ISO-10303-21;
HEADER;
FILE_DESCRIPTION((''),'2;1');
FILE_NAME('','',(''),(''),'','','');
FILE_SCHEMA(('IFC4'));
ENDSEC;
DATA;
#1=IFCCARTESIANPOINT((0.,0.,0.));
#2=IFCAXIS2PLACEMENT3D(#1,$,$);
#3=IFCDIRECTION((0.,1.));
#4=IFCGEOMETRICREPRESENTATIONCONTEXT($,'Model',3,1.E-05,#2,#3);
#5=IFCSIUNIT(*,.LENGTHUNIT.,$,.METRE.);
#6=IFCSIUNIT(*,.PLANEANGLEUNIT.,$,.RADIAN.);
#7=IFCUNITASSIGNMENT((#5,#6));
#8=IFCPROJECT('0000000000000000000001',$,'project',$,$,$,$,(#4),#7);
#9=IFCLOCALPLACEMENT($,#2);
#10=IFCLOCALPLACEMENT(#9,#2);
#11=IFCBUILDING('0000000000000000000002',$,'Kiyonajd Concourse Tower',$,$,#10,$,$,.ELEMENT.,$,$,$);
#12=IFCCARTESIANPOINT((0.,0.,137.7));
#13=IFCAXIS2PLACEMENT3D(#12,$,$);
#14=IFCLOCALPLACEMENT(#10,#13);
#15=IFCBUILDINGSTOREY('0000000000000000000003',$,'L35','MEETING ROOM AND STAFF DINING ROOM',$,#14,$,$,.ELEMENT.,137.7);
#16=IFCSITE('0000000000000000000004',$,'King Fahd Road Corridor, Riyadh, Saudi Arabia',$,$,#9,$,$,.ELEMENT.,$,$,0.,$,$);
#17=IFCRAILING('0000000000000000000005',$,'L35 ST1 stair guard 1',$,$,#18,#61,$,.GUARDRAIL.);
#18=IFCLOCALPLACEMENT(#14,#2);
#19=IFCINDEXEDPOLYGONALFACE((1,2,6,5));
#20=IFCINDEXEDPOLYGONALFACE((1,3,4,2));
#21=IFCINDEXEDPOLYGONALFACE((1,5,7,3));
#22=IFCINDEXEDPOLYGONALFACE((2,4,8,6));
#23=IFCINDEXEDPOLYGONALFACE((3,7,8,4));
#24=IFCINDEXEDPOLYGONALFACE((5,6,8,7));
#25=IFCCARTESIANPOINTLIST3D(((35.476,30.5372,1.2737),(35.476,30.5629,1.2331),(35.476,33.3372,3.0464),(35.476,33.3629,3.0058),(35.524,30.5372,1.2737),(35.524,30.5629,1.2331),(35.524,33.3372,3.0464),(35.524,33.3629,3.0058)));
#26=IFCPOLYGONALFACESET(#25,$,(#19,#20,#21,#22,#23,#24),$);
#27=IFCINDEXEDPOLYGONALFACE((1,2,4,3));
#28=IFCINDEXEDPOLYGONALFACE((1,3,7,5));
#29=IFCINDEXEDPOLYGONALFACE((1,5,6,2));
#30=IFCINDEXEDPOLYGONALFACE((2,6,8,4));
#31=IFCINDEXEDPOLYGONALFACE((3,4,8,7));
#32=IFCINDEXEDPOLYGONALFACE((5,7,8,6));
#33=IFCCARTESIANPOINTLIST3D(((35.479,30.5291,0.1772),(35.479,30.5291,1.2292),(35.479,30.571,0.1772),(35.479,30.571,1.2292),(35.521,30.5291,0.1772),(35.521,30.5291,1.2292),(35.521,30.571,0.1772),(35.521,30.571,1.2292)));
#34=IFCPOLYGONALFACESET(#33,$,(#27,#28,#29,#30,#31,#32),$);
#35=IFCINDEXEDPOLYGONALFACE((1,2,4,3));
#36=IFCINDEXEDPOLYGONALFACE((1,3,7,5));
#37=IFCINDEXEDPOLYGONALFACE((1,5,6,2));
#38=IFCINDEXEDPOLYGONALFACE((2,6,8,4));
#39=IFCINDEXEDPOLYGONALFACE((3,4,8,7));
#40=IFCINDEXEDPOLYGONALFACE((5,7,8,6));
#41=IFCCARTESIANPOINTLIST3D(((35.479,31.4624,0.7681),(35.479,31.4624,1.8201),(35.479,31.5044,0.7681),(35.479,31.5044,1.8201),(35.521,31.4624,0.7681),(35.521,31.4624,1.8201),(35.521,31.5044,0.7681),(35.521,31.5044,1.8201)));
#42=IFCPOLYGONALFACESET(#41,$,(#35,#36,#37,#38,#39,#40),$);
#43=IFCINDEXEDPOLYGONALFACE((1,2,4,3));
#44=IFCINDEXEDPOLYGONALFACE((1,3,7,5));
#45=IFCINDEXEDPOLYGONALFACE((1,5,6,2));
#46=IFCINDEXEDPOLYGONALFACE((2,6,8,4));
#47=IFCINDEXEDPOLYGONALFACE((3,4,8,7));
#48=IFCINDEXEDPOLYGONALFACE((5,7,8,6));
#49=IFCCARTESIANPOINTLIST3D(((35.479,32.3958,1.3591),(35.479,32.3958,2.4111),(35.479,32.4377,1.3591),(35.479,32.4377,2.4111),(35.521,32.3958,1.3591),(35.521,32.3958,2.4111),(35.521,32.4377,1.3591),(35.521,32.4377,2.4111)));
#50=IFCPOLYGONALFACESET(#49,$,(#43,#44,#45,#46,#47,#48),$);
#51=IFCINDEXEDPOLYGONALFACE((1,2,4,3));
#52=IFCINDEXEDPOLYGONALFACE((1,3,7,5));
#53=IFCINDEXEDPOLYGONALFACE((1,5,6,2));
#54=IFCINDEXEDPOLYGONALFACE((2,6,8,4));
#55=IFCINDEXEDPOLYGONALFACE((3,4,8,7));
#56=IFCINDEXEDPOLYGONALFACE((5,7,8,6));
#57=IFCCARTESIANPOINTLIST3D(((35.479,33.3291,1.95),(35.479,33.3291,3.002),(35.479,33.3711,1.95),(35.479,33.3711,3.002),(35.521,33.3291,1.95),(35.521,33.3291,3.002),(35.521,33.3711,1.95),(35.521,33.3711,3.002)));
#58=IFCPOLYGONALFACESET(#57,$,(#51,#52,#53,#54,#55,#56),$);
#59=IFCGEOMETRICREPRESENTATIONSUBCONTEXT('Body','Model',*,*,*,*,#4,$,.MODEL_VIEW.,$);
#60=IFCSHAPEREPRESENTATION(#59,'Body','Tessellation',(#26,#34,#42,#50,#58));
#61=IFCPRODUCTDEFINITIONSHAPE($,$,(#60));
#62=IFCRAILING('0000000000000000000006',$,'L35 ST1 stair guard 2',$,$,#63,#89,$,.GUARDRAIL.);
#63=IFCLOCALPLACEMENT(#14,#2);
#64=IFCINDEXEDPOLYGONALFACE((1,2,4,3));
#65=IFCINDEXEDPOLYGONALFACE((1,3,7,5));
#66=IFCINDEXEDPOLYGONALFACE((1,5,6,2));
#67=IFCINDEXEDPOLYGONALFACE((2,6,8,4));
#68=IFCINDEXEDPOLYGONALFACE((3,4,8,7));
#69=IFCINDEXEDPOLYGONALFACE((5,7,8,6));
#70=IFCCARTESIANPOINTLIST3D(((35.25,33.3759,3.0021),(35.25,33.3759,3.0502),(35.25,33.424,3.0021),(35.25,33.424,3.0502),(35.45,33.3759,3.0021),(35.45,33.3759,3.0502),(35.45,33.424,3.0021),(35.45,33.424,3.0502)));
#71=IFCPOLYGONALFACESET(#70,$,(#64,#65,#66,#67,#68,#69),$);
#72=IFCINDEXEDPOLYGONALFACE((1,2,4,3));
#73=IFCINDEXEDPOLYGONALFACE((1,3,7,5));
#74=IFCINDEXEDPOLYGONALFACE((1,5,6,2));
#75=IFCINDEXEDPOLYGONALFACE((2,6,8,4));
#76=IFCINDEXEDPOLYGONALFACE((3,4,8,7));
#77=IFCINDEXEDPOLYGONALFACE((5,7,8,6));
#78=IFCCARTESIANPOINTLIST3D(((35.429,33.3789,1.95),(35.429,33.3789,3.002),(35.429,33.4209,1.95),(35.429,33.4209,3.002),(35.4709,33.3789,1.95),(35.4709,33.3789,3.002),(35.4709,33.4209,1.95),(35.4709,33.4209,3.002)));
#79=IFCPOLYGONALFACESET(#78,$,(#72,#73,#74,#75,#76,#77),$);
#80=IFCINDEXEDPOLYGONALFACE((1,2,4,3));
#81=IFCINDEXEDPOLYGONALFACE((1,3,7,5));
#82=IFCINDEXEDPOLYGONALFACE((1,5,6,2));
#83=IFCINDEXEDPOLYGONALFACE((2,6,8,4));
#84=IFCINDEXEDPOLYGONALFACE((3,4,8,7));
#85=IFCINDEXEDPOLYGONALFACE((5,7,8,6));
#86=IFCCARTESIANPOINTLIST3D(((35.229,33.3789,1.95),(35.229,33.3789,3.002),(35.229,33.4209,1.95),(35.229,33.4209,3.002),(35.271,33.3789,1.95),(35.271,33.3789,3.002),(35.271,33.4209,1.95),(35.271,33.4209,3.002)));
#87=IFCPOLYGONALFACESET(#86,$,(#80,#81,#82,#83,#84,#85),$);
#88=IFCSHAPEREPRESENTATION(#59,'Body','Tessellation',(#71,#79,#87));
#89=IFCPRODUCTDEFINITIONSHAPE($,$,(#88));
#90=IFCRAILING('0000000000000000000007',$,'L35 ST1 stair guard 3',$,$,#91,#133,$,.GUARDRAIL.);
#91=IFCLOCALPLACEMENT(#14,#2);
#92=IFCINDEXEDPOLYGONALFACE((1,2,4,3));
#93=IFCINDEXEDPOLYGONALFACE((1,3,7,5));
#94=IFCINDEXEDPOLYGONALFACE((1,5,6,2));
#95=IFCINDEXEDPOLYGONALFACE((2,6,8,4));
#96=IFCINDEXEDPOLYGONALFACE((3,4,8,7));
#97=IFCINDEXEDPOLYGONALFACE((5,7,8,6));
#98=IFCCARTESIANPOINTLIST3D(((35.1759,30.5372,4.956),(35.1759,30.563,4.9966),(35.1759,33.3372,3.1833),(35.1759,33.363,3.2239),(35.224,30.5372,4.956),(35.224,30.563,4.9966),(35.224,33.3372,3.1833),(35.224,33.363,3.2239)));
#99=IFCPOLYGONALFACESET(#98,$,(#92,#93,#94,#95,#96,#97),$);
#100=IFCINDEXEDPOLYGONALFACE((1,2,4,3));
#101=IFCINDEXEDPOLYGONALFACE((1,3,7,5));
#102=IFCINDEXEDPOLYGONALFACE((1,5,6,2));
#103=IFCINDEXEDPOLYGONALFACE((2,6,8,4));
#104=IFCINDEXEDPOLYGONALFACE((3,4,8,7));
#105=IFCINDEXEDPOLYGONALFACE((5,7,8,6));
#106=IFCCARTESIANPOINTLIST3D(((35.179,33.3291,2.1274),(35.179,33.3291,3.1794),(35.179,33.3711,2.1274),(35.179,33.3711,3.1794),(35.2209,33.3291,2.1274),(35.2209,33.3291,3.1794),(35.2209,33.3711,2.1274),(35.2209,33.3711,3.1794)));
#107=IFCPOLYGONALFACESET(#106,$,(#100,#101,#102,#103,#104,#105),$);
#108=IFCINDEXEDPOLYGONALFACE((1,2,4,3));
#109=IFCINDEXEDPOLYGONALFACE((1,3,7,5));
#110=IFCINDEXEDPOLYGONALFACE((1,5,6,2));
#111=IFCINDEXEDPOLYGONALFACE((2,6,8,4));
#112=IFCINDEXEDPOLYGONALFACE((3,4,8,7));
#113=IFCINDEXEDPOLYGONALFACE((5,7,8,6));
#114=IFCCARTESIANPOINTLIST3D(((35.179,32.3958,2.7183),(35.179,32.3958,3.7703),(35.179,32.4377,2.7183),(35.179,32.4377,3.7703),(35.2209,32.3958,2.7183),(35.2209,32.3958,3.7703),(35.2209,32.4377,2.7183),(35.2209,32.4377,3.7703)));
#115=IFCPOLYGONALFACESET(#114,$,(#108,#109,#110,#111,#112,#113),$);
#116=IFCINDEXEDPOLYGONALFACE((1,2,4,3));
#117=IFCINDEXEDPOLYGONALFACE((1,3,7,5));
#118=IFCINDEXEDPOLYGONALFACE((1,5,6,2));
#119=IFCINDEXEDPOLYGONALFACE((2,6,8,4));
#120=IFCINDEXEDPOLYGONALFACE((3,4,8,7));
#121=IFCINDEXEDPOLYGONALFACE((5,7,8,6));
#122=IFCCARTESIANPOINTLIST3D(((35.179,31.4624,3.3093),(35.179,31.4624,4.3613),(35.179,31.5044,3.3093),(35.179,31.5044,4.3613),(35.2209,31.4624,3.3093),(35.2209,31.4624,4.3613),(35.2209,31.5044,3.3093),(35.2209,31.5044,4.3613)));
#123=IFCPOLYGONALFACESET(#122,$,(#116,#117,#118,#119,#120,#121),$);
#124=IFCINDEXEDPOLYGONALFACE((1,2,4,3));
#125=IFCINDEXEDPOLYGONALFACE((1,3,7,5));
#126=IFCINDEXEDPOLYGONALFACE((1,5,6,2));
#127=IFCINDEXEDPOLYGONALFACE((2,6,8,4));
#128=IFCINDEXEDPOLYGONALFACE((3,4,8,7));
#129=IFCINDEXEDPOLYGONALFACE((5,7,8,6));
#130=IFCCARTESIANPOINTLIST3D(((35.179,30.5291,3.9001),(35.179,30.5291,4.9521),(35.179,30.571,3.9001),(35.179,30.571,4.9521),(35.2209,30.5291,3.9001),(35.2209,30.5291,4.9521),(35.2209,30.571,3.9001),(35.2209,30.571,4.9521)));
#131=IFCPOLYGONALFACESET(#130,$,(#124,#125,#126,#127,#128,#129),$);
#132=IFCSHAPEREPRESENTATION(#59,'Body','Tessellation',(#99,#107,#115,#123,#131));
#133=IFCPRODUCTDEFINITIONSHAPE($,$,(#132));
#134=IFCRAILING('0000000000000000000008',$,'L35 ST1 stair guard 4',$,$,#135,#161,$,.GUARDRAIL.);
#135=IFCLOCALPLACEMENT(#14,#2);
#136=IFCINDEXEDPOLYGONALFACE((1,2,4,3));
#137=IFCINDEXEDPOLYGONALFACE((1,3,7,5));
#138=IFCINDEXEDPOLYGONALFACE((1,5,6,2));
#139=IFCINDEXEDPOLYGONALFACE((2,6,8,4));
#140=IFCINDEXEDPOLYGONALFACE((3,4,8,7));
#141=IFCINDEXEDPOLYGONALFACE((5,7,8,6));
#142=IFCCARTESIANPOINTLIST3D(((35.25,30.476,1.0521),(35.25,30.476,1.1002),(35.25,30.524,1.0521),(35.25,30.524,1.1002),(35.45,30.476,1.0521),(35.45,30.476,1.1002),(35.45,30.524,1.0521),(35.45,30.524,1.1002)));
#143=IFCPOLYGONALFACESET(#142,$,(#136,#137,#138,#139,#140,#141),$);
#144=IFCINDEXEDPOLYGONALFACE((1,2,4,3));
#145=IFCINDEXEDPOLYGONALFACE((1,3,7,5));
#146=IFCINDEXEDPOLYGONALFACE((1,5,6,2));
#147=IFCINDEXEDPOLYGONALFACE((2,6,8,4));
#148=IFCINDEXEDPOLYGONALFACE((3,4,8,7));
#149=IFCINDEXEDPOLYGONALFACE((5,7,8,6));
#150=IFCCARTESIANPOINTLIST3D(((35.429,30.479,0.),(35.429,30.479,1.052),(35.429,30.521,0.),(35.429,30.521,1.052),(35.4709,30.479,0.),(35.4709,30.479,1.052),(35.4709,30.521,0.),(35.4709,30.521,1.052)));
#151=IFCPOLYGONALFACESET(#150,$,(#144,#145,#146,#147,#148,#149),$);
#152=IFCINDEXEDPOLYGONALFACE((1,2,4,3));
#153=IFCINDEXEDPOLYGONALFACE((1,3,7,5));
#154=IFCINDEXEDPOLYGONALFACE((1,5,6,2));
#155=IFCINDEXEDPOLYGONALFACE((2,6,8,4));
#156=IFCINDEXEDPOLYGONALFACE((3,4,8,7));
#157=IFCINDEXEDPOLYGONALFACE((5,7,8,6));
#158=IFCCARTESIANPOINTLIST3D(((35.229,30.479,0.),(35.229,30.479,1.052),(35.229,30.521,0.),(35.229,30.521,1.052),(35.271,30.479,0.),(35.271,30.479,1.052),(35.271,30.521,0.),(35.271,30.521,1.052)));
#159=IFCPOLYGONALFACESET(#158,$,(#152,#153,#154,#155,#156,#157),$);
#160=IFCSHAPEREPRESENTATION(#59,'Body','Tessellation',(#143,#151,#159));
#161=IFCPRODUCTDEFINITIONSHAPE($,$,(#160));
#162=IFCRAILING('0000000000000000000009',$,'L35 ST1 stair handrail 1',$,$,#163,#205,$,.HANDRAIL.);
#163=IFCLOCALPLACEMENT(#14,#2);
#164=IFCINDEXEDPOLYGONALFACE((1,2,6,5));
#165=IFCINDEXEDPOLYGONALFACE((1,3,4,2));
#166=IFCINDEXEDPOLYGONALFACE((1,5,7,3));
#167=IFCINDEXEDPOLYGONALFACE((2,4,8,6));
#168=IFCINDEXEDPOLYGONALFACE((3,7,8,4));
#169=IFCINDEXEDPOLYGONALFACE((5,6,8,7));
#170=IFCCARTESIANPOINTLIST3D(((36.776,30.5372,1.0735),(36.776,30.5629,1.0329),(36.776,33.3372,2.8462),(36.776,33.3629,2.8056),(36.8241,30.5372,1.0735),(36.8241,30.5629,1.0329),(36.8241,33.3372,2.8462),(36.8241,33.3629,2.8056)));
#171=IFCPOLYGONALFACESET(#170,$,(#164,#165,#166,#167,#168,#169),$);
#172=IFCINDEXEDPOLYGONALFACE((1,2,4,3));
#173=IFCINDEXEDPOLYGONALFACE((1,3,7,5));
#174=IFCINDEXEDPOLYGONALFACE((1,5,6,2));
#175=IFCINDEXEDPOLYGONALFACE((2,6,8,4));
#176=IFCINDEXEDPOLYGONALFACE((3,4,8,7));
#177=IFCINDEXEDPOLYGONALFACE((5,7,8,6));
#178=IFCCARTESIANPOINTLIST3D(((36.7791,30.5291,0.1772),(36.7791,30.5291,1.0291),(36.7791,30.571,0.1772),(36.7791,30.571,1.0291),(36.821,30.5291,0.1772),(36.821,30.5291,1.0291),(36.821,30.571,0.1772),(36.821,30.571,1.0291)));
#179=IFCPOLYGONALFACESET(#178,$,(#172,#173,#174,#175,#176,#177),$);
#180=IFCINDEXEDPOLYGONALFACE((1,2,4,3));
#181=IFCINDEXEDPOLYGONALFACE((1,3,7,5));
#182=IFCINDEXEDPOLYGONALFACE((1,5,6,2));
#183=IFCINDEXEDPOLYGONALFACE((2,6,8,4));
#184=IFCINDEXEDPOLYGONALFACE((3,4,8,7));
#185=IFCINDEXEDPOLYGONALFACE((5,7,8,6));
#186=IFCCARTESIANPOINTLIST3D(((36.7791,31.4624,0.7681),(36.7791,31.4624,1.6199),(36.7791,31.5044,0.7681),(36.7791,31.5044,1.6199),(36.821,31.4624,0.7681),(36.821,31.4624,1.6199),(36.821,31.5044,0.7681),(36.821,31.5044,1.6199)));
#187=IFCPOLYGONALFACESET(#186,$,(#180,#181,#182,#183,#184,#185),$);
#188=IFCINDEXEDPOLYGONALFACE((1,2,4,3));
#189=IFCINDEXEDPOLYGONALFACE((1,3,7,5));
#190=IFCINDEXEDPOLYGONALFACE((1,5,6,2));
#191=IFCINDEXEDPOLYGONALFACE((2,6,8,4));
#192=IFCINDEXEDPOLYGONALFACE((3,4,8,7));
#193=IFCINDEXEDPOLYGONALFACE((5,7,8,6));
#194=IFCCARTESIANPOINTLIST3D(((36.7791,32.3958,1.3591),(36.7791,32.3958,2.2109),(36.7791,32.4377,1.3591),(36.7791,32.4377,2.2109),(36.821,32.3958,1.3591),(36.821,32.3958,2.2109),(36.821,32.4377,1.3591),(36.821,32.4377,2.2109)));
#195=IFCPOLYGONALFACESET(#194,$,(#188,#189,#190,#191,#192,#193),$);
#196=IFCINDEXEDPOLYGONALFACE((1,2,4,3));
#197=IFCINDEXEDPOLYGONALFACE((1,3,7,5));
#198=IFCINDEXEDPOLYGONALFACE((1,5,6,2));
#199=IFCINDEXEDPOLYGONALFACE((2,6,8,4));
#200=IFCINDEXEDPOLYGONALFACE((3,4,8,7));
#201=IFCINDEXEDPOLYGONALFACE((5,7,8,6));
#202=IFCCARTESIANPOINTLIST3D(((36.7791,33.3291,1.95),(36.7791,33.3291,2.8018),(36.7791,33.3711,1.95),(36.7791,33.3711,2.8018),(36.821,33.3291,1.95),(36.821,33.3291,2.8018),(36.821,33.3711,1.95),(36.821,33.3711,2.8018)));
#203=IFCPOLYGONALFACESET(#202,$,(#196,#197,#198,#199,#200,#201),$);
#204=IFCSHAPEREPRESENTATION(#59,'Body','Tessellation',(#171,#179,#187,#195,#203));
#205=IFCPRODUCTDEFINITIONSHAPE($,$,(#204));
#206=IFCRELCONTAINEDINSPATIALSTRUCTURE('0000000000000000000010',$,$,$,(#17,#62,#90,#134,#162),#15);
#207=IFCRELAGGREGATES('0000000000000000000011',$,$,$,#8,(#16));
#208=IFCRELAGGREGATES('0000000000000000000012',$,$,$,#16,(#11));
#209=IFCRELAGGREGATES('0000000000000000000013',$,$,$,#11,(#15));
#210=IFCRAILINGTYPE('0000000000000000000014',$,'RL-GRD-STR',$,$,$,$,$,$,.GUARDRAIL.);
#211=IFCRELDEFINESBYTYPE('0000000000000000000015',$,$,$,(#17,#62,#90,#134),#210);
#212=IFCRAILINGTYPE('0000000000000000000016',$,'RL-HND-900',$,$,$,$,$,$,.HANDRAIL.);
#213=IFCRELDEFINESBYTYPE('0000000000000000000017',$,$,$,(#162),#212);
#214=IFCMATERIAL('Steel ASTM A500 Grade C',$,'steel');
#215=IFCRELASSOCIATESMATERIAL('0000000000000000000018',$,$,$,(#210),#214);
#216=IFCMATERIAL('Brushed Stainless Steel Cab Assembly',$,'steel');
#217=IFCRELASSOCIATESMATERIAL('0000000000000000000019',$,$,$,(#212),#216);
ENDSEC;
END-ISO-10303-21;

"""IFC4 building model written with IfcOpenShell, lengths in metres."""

from ifc_helpers import new_model, si_unit, direction, frame, origin, origin_2d, place, context, subcontext, project, spatial, rectangle, extrude, material, type_object, element, save


model = new_model("IFC4")

# Units and contexts
model_context = context("Model", 3, precision=1e-05, world=origin(), true_north=direction((0.0, 1.0)))
body_context = subcontext(model_context, "Body", "Model", "MODEL_VIEW")
ifc_project = project(units=[si_unit("LENGTHUNIT", "METRE"), si_unit("PLANEANGLEUNIT", "RADIAN")], contexts=[model_context])

# Site, building, storey
site_placement = place(None, origin())
site = spatial("IfcSite", under=ifc_project, at=site_placement, Name="King Fahd Road Corridor, Riyadh, Saudi Arabia", CompositionType="ELEMENT", RefElevation=0.0)
building_placement = place(site_placement, origin())
building = spatial("IfcBuilding", under=site, at=building_placement, Name="Kiyonajd Concourse Tower", CompositionType="ELEMENT")
storey_placement = place(building_placement, frame((0.0, 0.0, 137.7)))
storey = spatial("IfcBuildingStorey", under=building, at=storey_placement, Name="L35", Description="MEETING ROOM AND STAFF DINING ROOM", CompositionType="ELEMENT", Elevation=137.7)

# Shared definitions
ifc_material_1 = material(Name="Brushed Stainless Steel Cab Assembly", Category="steel")

# Railings
ifc_material_2 = material(Name="Steel ASTM A500 Grade C", Category="steel")
railing_type_1 = type_object("IfcRailingType", Name="RL-GRD-STR", PredefinedType="GUARDRAIL", material=ifc_material_2)
railing_1_placement = place(storey_placement, frame((35.5, 30.55, 0.1772)))
element("IfcRailing", 1, at=railing_1_placement, inside=storey, type_object=railing_type_1, Name="L35 ST1 stair guard 1", PredefinedType="GUARDRAIL", context=body_context, shape_type="SweptSolid", body=[
    extrude(rectangle(XDim=0.0481, YDim=0.0481, at=origin_2d()), frame((0.0, 0.0, 1.0762), z_axis=(0.0, 0.844909, 0.53491), x_axis=(-1.0, 0.0, 0.0)), (0.0, 0.0, 1.0), 3.314),
    extrude(rectangle(XDim=0.042, YDim=0.042, at=origin_2d()), origin(), (0.0, 0.0, 1.0), 1.052),
    extrude(rectangle(XDim=0.042, YDim=0.042, at=origin_2d()), frame((0.0, 0.9333, 0.5908)), (0.0, 0.0, 1.0), 1.052),
    extrude(rectangle(XDim=0.042, YDim=0.042, at=origin_2d()), frame((0.0, 1.8667, 1.1819)), (0.0, 0.0, 1.0), 1.052),
    extrude(rectangle(XDim=0.042, YDim=0.042, at=origin_2d()), frame((0.0, 2.8, 1.7727)), (0.0, 0.0, 1.0), 1.052),
])
railing_2_placement = place(storey_placement, frame((35.45, 33.3999, 1.95)))
element("IfcRailing", 2, at=railing_2_placement, inside=storey, type_object=railing_type_1, Name="L35 ST1 stair guard 2", PredefinedType="GUARDRAIL", context=body_context, shape_type="SweptSolid", body=[
    extrude(rectangle(XDim=0.0481, YDim=0.0481, at=origin_2d()), frame((0.0, 0.0, 1.0762), z_axis=(-1.0, 0.0, 0.0), x_axis=(0.0, -1.0, 0.0)), (0.0, 0.0, 1.0), 0.2),
    extrude(rectangle(XDim=0.042, YDim=0.042, at=origin_2d()), origin(), (0.0, 0.0, 1.0), 1.052),
    extrude(rectangle(XDim=0.042, YDim=0.042, at=origin_2d()), frame((-0.2, 0.0, 0.0)), (0.0, 0.0, 1.0), 1.052),
])
railing_3_placement = place(storey_placement, frame((35.2, 33.3501, 2.1274)))
element("IfcRailing", 3, at=railing_3_placement, inside=storey, type_object=railing_type_1, Name="L35 ST1 stair guard 3", PredefinedType="GUARDRAIL", context=body_context, shape_type="SweptSolid", body=[
    extrude(rectangle(XDim=0.0481, YDim=0.0481, at=origin_2d()), frame((0.0, 0.0, 1.0762), z_axis=(0.0, -0.844909, 0.53491), x_axis=(1.0, 0.0, 0.0)), (0.0, 0.0, 1.0), 3.314),
    extrude(rectangle(XDim=0.042, YDim=0.042, at=origin_2d()), origin(), (0.0, 0.0, 1.0), 1.052),
    extrude(rectangle(XDim=0.042, YDim=0.042, at=origin_2d()), frame((0.0, -0.9333, 0.5908)), (0.0, 0.0, 1.0), 1.052),
    extrude(rectangle(XDim=0.042, YDim=0.042, at=origin_2d()), frame((0.0, -1.8667, 1.1819)), (0.0, 0.0, 1.0), 1.052),
    extrude(rectangle(XDim=0.042, YDim=0.042, at=origin_2d()), frame((0.0, -2.8, 1.7727)), (0.0, 0.0, 1.0), 1.052),
])
railing_4_placement = place(storey_placement, frame((35.45, 30.5, 0.0)))
element("IfcRailing", 4, at=railing_4_placement, inside=storey, type_object=railing_type_1, Name="L35 ST1 stair guard 4", PredefinedType="GUARDRAIL", context=body_context, shape_type="SweptSolid", body=[
    extrude(rectangle(XDim=0.0481, YDim=0.0481, at=origin_2d()), frame((0.0, 0.0, 1.0762), z_axis=(-1.0, 0.0, 0.0), x_axis=(0.0, -1.0, 0.0)), (0.0, 0.0, 1.0), 0.2),
    extrude(rectangle(XDim=0.042, YDim=0.042, at=origin_2d()), origin(), (0.0, 0.0, 1.0), 1.052),
    extrude(rectangle(XDim=0.042, YDim=0.042, at=origin_2d()), frame((-0.2, 0.0, 0.0)), (0.0, 0.0, 1.0), 1.052),
])
railing_type_2 = type_object("IfcRailingType", Name="RL-HND-900", PredefinedType="HANDRAIL", material=ifc_material_1)
railing_5_placement = place(storey_placement, frame((36.8, 30.55, 0.1772)))
element("IfcRailing", 5, at=railing_5_placement, inside=storey, type_object=railing_type_2, Name="L35 ST1 stair handrail 1", PredefinedType="HANDRAIL", context=body_context, shape_type="SweptSolid", body=[
    extrude(rectangle(XDim=0.0481, YDim=0.0481, at=origin_2d()), frame((0.0, 0.0, 0.876), z_axis=(0.0, 0.844909, 0.53491), x_axis=(-1.0, 0.0, 0.0)), (0.0, 0.0, 1.0), 3.314),
    extrude(rectangle(XDim=0.042, YDim=0.042, at=origin_2d()), origin(), (0.0, 0.0, 1.0), 0.8518),
    extrude(rectangle(XDim=0.042, YDim=0.042, at=origin_2d()), frame((0.0, 0.9333, 0.5908)), (0.0, 0.0, 1.0), 0.8518),
    extrude(rectangle(XDim=0.042, YDim=0.042, at=origin_2d()), frame((0.0, 1.8667, 1.1819)), (0.0, 0.0, 1.0), 0.8518),
    extrude(rectangle(XDim=0.042, YDim=0.042, at=origin_2d()), frame((0.0, 2.8, 1.7727)), (0.0, 0.0, 1.0), 0.8518),
])

save(model, "model.ifc")
